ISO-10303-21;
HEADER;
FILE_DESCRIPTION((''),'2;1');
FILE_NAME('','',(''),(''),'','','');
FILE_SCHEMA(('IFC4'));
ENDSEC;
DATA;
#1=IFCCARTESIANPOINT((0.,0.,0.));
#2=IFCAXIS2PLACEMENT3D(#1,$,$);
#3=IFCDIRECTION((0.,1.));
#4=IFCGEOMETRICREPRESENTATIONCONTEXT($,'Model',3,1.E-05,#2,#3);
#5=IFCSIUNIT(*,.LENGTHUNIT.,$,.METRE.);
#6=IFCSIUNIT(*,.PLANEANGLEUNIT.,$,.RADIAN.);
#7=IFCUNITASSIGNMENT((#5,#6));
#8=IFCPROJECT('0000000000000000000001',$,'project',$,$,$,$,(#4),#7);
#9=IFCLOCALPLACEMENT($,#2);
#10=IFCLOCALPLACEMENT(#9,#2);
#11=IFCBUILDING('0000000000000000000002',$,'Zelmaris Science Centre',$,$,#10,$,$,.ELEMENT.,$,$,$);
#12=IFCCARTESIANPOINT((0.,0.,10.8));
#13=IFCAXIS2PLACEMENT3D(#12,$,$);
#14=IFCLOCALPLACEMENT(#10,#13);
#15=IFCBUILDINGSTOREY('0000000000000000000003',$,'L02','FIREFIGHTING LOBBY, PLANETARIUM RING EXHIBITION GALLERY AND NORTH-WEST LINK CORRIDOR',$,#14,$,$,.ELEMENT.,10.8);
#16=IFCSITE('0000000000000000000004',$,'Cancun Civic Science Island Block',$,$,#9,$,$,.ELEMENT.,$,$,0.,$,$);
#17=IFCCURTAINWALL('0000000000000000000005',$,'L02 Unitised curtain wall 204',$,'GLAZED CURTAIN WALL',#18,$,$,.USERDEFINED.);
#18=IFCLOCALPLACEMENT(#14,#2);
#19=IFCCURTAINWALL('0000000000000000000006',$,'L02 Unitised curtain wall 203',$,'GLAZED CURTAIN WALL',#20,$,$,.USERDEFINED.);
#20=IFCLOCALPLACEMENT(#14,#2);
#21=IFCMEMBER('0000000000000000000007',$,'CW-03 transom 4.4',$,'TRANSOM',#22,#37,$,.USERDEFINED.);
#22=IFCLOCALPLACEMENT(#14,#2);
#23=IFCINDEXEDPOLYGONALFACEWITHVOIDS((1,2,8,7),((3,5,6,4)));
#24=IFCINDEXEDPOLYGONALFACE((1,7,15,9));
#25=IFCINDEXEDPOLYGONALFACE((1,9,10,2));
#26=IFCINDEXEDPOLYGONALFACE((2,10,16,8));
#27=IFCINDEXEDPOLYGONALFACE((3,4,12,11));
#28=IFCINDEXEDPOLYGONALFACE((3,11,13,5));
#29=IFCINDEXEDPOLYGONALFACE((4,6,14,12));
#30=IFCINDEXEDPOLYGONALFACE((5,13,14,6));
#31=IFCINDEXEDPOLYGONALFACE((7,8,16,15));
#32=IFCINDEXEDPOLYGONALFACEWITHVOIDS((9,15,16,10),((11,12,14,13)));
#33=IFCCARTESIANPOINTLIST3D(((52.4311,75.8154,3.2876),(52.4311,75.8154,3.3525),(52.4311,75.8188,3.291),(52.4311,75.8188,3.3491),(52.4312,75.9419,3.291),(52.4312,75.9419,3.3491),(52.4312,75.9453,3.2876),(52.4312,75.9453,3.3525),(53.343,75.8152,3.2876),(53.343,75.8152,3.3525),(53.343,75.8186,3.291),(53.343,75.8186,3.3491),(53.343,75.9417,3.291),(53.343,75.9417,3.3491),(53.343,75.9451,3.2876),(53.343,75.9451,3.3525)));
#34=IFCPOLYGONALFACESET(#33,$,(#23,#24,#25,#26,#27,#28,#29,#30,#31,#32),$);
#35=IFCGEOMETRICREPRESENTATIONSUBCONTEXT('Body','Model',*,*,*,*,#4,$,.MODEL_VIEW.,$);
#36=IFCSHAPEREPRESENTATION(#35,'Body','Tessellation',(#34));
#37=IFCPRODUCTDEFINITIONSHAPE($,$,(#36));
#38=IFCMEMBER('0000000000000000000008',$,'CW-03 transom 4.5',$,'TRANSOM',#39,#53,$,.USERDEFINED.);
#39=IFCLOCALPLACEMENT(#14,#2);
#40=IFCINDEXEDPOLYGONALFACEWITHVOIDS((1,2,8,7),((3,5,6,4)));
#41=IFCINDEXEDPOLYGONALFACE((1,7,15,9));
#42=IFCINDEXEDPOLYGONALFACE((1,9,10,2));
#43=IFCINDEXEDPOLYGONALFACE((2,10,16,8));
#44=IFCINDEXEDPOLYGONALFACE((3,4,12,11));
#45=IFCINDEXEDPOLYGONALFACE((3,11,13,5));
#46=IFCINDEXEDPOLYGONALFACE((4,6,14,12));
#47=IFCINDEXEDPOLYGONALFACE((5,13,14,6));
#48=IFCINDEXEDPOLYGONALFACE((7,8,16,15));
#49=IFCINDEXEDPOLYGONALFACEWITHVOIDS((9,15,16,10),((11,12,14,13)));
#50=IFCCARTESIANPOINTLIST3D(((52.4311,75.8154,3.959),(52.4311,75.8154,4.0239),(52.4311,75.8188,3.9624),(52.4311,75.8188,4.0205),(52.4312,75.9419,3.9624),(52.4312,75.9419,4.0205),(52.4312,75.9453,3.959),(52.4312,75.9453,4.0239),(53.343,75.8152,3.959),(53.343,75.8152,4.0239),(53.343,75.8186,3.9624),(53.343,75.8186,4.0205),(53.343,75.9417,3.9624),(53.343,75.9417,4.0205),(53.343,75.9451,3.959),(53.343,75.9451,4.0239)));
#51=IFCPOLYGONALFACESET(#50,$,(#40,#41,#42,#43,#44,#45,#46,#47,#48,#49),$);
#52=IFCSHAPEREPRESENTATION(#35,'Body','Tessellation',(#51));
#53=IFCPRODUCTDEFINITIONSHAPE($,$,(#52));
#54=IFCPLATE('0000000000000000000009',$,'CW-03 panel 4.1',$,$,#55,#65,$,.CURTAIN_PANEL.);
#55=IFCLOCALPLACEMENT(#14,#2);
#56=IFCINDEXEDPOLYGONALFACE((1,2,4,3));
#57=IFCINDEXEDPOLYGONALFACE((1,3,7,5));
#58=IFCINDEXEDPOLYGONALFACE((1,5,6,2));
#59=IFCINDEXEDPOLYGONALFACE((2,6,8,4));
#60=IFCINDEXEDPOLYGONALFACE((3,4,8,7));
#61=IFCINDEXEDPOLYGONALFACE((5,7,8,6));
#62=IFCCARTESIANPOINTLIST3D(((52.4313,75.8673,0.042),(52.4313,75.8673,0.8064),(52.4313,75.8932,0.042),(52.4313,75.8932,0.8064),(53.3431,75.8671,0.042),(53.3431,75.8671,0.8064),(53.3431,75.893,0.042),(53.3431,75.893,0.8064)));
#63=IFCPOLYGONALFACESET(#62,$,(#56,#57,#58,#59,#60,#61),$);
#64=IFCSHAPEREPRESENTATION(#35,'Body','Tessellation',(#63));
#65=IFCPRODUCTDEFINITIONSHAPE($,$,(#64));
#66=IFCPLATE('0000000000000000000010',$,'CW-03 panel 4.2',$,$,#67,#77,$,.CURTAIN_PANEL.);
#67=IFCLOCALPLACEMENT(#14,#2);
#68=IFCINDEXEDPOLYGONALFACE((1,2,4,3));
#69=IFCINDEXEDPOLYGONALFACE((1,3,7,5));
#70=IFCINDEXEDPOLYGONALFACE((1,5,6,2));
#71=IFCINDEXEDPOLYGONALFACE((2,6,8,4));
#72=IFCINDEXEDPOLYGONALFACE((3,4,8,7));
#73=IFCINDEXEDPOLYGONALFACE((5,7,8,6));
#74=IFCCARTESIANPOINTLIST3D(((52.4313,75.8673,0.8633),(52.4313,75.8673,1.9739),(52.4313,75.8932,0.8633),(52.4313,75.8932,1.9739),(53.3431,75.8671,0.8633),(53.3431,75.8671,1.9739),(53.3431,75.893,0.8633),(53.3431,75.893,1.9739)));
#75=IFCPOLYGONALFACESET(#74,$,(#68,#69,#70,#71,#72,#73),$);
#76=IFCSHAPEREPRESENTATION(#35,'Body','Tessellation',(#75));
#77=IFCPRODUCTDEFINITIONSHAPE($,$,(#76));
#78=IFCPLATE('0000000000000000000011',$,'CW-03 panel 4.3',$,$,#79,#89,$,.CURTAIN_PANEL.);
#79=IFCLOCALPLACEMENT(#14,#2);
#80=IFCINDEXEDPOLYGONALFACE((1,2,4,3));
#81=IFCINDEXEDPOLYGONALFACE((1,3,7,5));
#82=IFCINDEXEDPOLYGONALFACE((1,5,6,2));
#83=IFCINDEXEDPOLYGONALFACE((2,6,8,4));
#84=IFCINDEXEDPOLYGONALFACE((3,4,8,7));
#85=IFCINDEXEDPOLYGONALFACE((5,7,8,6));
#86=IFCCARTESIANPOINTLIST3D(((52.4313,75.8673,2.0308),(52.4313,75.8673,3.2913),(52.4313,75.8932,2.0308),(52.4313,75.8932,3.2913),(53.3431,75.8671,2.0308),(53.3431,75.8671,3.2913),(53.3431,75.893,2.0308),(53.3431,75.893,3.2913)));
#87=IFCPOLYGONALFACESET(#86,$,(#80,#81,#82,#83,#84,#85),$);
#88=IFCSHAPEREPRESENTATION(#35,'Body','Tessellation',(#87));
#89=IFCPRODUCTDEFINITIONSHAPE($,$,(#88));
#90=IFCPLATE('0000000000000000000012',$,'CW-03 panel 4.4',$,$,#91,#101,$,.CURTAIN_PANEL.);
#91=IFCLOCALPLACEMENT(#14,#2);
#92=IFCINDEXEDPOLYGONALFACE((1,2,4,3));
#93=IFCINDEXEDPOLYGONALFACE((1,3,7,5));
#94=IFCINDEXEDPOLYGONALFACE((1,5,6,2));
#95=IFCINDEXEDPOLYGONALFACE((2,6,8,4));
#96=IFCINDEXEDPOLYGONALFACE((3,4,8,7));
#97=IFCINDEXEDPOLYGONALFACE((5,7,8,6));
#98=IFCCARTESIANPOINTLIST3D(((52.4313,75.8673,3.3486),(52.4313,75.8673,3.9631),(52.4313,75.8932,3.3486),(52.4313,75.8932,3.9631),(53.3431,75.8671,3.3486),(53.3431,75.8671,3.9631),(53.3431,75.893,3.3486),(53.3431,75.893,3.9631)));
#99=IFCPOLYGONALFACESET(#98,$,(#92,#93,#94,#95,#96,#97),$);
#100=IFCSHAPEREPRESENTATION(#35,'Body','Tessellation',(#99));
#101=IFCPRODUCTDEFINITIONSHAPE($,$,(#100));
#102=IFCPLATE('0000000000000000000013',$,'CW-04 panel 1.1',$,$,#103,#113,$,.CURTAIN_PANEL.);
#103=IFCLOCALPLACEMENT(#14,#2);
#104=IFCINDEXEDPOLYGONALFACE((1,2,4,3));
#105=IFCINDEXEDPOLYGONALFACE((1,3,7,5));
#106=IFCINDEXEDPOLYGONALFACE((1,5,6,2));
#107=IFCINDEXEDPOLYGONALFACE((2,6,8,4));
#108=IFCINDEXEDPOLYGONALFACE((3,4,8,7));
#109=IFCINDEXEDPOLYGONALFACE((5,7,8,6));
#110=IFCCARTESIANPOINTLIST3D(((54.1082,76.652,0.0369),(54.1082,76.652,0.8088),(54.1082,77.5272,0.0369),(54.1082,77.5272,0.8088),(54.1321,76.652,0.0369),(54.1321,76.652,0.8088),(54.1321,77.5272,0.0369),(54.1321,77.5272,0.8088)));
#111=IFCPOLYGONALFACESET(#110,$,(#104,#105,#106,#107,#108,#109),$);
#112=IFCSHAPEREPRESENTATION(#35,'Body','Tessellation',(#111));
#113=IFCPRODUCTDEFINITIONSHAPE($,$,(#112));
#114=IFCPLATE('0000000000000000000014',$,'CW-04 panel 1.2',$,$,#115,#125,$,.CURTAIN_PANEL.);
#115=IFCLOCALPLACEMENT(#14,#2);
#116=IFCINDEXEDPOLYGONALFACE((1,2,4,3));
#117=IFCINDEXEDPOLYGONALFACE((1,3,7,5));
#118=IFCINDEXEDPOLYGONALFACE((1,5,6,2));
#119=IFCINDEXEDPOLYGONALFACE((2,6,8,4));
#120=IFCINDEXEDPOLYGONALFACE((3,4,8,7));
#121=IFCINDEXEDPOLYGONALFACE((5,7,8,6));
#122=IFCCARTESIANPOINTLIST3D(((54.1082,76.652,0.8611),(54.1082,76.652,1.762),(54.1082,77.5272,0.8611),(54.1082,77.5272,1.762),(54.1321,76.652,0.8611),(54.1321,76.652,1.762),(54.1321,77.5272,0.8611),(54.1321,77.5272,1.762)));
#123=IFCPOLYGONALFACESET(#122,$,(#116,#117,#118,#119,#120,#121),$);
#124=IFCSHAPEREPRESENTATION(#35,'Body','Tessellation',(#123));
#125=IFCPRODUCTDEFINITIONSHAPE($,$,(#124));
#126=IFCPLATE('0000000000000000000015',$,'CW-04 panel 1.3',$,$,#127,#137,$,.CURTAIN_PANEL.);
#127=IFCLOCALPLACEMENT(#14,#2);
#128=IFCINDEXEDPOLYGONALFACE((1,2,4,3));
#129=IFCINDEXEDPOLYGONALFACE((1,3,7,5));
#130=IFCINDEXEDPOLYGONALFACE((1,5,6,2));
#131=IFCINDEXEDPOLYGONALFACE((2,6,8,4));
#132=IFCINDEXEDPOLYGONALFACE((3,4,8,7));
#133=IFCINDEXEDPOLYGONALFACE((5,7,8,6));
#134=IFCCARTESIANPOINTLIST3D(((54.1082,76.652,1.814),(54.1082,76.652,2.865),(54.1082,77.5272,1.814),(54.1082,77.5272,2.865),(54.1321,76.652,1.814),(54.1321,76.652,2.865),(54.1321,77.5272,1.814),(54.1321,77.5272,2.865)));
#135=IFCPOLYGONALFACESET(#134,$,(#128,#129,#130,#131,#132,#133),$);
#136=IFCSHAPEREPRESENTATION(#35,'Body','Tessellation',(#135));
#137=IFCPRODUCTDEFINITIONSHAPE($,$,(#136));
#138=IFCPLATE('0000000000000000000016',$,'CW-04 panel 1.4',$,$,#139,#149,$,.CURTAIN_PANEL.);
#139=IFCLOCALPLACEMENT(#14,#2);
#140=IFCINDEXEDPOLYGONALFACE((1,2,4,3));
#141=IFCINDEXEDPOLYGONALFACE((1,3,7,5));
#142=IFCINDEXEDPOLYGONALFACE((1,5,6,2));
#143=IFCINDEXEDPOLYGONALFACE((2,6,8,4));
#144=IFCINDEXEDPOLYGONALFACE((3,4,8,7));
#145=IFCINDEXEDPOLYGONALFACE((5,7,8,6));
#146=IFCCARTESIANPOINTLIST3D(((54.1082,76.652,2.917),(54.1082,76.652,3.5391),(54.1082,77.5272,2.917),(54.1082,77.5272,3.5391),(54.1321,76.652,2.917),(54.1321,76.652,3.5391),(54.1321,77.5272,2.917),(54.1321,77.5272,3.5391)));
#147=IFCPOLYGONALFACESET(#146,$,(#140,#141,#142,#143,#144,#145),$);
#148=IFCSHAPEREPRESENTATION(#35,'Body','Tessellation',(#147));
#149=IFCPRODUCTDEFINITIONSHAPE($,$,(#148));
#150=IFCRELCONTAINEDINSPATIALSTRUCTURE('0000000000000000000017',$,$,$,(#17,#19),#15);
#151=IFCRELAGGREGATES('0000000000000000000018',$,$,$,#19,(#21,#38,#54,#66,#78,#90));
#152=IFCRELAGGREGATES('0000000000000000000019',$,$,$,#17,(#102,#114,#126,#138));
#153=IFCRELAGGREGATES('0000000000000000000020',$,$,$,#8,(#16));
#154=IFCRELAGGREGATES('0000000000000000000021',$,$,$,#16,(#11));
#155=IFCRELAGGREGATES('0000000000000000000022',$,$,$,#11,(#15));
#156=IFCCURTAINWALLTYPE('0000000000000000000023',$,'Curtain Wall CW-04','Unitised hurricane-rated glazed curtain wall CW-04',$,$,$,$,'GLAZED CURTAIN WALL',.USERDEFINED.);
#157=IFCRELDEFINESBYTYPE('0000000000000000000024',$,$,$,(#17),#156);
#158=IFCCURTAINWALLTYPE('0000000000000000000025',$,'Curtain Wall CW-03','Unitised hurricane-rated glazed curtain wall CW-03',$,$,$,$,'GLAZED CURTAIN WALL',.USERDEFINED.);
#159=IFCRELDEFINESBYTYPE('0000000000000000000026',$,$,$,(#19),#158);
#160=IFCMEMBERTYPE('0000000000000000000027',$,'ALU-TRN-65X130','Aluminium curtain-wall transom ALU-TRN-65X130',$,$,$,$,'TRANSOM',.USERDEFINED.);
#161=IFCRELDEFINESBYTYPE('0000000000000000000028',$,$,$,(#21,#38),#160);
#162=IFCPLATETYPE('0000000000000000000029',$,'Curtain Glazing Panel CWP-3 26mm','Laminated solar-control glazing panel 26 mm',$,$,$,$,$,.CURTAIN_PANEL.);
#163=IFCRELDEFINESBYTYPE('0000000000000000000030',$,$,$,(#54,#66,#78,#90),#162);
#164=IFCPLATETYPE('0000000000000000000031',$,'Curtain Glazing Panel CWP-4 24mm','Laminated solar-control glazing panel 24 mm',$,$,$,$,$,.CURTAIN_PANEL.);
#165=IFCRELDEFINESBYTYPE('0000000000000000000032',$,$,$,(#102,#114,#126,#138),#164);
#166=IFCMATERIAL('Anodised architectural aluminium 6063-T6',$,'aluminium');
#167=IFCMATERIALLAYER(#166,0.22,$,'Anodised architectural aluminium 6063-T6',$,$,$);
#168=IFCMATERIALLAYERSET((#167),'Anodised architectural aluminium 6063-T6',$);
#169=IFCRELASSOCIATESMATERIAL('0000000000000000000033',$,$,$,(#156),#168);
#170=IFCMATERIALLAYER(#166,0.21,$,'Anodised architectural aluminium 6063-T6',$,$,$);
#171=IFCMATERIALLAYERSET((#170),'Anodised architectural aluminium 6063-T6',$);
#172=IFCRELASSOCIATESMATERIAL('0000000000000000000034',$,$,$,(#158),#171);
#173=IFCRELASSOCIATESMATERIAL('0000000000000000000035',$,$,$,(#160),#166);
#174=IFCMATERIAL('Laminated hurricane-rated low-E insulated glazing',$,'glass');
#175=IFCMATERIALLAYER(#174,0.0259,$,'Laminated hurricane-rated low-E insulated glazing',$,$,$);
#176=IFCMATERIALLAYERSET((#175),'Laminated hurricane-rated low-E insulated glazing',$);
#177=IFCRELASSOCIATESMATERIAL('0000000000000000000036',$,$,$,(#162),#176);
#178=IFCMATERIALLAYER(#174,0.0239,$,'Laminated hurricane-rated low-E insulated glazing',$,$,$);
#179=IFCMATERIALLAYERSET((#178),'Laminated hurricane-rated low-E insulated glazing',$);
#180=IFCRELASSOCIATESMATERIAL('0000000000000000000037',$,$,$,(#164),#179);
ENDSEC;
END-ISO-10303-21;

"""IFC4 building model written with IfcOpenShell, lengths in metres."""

from ifc_helpers import new_model, si_unit, direction, frame, origin, origin_2d, place, context, subcontext, project, spatial, rectangle, hollow_rectangle, extrude, material, layer, layer_set, material_profile, profile_set, type_object, element, aggregate, save


model = new_model("IFC4")

# Units and contexts
model_context = context("Model", 3, precision=1e-05, world=origin(), true_north=direction((0.0, 1.0)))
body_context = subcontext(model_context, "Body", "Model", "MODEL_VIEW")
ifc_project = project(units=[si_unit("LENGTHUNIT", "METRE"), si_unit("PLANEANGLEUNIT", "RADIAN")], contexts=[model_context])

# Site, building, storey
site_placement = place(None, origin())
site = spatial("IfcSite", under=ifc_project, at=site_placement, Name="Cancun Civic Science Island Block", CompositionType="ELEMENT", RefElevation=0.0)
building_placement = place(site_placement, origin())
building = spatial("IfcBuilding", under=site, at=building_placement, Name="Zelmaris Science Centre", CompositionType="ELEMENT")
storey_placement = place(building_placement, frame((0.0, 0.0, 10.8)))
storey = spatial("IfcBuildingStorey", under=building, at=storey_placement, Name="L02", Description="FIREFIGHTING LOBBY, PLANETARIUM RING EXHIBITION GALLERY AND NORTH-WEST LINK CORRIDOR", CompositionType="ELEMENT", Elevation=10.8)

# Curtain wall
ifc_material_1 = material(Name="Anodised architectural aluminium 6063-T6", Category="aluminium")
ifc_layer_1 = layer(ifc_material_1, 0.22, Name="Anodised architectural aluminium 6063-T6")
ifc_layer_set_1 = layer_set([ifc_layer_1], Name="Anodised architectural aluminium 6063-T6")
curtain_wall_type_1 = type_object("IfcCurtainWallType", Name="Curtain Wall CW-04", Description="Unitised hurricane-rated glazed curtain wall CW-04", ElementType="GLAZED CURTAIN WALL", PredefinedType="USERDEFINED", material=ifc_layer_set_1)
curtain_wall_1_placement = place(storey_placement, origin())
curtain_wall_1 = element("IfcCurtainWall", 1, at=curtain_wall_1_placement, inside=storey, type_object=curtain_wall_type_1, Name="L02 Unitised curtain wall 204", ObjectType="GLAZED CURTAIN WALL", PredefinedType="USERDEFINED")

# Curtain wall
ifc_layer_2 = layer(ifc_material_1, 0.21, Name="Anodised architectural aluminium 6063-T6")
ifc_layer_set_2 = layer_set([ifc_layer_2], Name="Anodised architectural aluminium 6063-T6")
curtain_wall_type_2 = type_object("IfcCurtainWallType", Name="Curtain Wall CW-03", Description="Unitised hurricane-rated glazed curtain wall CW-03", ElementType="GLAZED CURTAIN WALL", PredefinedType="USERDEFINED", material=ifc_layer_set_2)
curtain_wall_2_placement = place(storey_placement, origin())
curtain_wall_2 = element("IfcCurtainWall", 2, at=curtain_wall_2_placement, inside=storey, type_object=curtain_wall_type_2, Name="L02 Unitised curtain wall 203", ObjectType="GLAZED CURTAIN WALL", PredefinedType="USERDEFINED")

# Members
ifc_material_profile_1 = material_profile(ifc_material_1, hollow_rectangle(XDim=0.0649, YDim=0.1299, WallThickness=0.0034, at=origin_2d()), Name="ALU-TRN-65X130")
ifc_profile_set_1 = profile_set([ifc_material_profile_1], Name="Anodised architectural aluminium 6063-T6")
member_type_1 = type_object("IfcMemberType", Name="ALU-TRN-65X130", Description="Aluminium curtain-wall transom ALU-TRN-65X130", ElementType="TRANSOM", PredefinedType="USERDEFINED", material=ifc_profile_set_1)
member_1_placement = place(storey_placement, frame((52.4312, 75.8804, 3.3201), z_axis=(1.0, -0.000268, 0.0), x_axis=(0.0, 0.0, 1.0)))
member_1 = element("IfcMember", 3, at=member_1_placement, type_object=member_type_1, Name="CW-03 transom 4.4", ObjectType="TRANSOM", PredefinedType="USERDEFINED", context=body_context, shape_type="SweptSolid", body=[
    extrude(hollow_rectangle(XDim=0.0649, YDim=0.1299, WallThickness=0.0034, at=origin_2d()), origin(), (0.0, 0.0, 1.0), 0.9119),
])
member_2_placement = place(storey_placement, frame((52.4312, 75.8804, 3.9915), z_axis=(1.0, -0.000268, 0.0), x_axis=(0.0, 0.0, 1.0)))
member_2 = element("IfcMember", 4, at=member_2_placement, type_object=member_type_1, Name="CW-03 transom 4.5", ObjectType="TRANSOM", PredefinedType="USERDEFINED", context=body_context, shape_type="SweptSolid", body=[
    extrude(hollow_rectangle(XDim=0.0649, YDim=0.1299, WallThickness=0.0034, at=origin_2d()), origin(), (0.0, 0.0, 1.0), 0.9119),
])

# Plates
ifc_material_2 = material(Name="Laminated hurricane-rated low-E insulated glazing", Category="glass")
ifc_layer_3 = layer(ifc_material_2, 0.0259, Name="Laminated hurricane-rated low-E insulated glazing")
ifc_layer_set_3 = layer_set([ifc_layer_3], Name="Laminated hurricane-rated low-E insulated glazing")
plate_type_1 = type_object("IfcPlateType", Name="Curtain Glazing Panel CWP-3 26mm", Description="Laminated solar-control glazing panel 26 mm", PredefinedType="CURTAIN_PANEL", material=ifc_layer_set_3)
plate_1_placement = place(storey_placement, frame((52.8872, 75.8801, 0.042), z_axis=(0.0, 0.0, 1.0), x_axis=(1.0, -0.000201, 0.0)))
plate_1 = element("IfcPlate", 5, at=plate_1_placement, type_object=plate_type_1, Name="CW-03 panel 4.1", PredefinedType="CURTAIN_PANEL", context=body_context, shape_type="SweptSolid", body=[
    extrude(rectangle(XDim=0.9119, YDim=0.0259, at=origin_2d()), origin(), (0.0, 0.0, 1.0), 0.7644),
])
plate_2_placement = place(storey_placement, frame((52.8872, 75.8801, 0.8633), z_axis=(0.0, 0.0, 1.0), x_axis=(1.0, -0.000201, 0.0)))
plate_2 = element("IfcPlate", 6, at=plate_2_placement, type_object=plate_type_1, Name="CW-03 panel 4.2", PredefinedType="CURTAIN_PANEL", context=body_context, shape_type="SweptSolid", body=[
    extrude(rectangle(XDim=0.9119, YDim=0.0259, at=origin_2d()), origin(), (0.0, 0.0, 1.0), 1.1106),
])
plate_3_placement = place(storey_placement, frame((52.8872, 75.8801, 2.0308), z_axis=(0.0, 0.0, 1.0), x_axis=(1.0, -0.000201, 0.0)))
plate_3 = element("IfcPlate", 7, at=plate_3_placement, type_object=plate_type_1, Name="CW-03 panel 4.3", PredefinedType="CURTAIN_PANEL", context=body_context, shape_type="SweptSolid", body=[
    extrude(rectangle(XDim=0.9119, YDim=0.0259, at=origin_2d()), origin(), (0.0, 0.0, 1.0), 1.2605),
])
plate_4_placement = place(storey_placement, frame((52.8872, 75.8801, 3.3486), z_axis=(0.0, 0.0, 1.0), x_axis=(1.0, -0.000201, 0.0)))
plate_4 = element("IfcPlate", 8, at=plate_4_placement, type_object=plate_type_1, Name="CW-03 panel 4.4", PredefinedType="CURTAIN_PANEL", context=body_context, shape_type="SweptSolid", body=[
    extrude(rectangle(XDim=0.9119, YDim=0.0259, at=origin_2d()), origin(), (0.0, 0.0, 1.0), 0.6145),
])
aggregate(curtain_wall_2, [member_1, member_2, plate_1, plate_2, plate_3, plate_4])
ifc_layer_4 = layer(ifc_material_2, 0.0239, Name="Laminated hurricane-rated low-E insulated glazing")
ifc_layer_set_4 = layer_set([ifc_layer_4], Name="Laminated hurricane-rated low-E insulated glazing")
plate_type_2 = type_object("IfcPlateType", Name="Curtain Glazing Panel CWP-4 24mm", Description="Laminated solar-control glazing panel 24 mm", PredefinedType="CURTAIN_PANEL", material=ifc_layer_set_4)
plate_5_placement = place(storey_placement, frame((54.1201, 77.0896, 0.0369), z_axis=(0.0, 0.0, 1.0), x_axis=(0.0, 1.0, 0.0)))
plate_5 = element("IfcPlate", 9, at=plate_5_placement, type_object=plate_type_2, Name="CW-04 panel 1.1", PredefinedType="CURTAIN_PANEL", context=body_context, shape_type="SweptSolid", body=[
    extrude(rectangle(XDim=0.8752, YDim=0.0239, at=origin_2d()), origin(), (0.0, 0.0, 1.0), 0.772),
])
plate_6_placement = place(storey_placement, frame((54.1201, 77.0896, 0.8611), z_axis=(0.0, 0.0, 1.0), x_axis=(0.0, 1.0, 0.0)))
plate_6 = element("IfcPlate", 10, at=plate_6_placement, type_object=plate_type_2, Name="CW-04 panel 1.2", PredefinedType="CURTAIN_PANEL", context=body_context, shape_type="SweptSolid", body=[
    extrude(rectangle(XDim=0.8752, YDim=0.0239, at=origin_2d()), origin(), (0.0, 0.0, 1.0), 0.9009),
])
plate_7_placement = place(storey_placement, frame((54.1201, 77.0896, 1.814), z_axis=(0.0, 0.0, 1.0), x_axis=(0.0, 1.0, 0.0)))
plate_7 = element("IfcPlate", 11, at=plate_7_placement, type_object=plate_type_2, Name="CW-04 panel 1.3", PredefinedType="CURTAIN_PANEL", context=body_context, shape_type="SweptSolid", body=[
    extrude(rectangle(XDim=0.8752, YDim=0.0239, at=origin_2d()), origin(), (0.0, 0.0, 1.0), 1.051),
])
plate_8_placement = place(storey_placement, frame((54.1201, 77.0896, 2.917), z_axis=(0.0, 0.0, 1.0), x_axis=(0.0, 1.0, 0.0)))
plate_8 = element("IfcPlate", 12, at=plate_8_placement, type_object=plate_type_2, Name="CW-04 panel 1.4", PredefinedType="CURTAIN_PANEL", context=body_context, shape_type="SweptSolid", body=[
    extrude(rectangle(XDim=0.8752, YDim=0.0239, at=origin_2d()), origin(), (0.0, 0.0, 1.0), 0.6221),
])
aggregate(curtain_wall_1, [plate_5, plate_6, plate_7, plate_8])

save(model, "model.ifc")
